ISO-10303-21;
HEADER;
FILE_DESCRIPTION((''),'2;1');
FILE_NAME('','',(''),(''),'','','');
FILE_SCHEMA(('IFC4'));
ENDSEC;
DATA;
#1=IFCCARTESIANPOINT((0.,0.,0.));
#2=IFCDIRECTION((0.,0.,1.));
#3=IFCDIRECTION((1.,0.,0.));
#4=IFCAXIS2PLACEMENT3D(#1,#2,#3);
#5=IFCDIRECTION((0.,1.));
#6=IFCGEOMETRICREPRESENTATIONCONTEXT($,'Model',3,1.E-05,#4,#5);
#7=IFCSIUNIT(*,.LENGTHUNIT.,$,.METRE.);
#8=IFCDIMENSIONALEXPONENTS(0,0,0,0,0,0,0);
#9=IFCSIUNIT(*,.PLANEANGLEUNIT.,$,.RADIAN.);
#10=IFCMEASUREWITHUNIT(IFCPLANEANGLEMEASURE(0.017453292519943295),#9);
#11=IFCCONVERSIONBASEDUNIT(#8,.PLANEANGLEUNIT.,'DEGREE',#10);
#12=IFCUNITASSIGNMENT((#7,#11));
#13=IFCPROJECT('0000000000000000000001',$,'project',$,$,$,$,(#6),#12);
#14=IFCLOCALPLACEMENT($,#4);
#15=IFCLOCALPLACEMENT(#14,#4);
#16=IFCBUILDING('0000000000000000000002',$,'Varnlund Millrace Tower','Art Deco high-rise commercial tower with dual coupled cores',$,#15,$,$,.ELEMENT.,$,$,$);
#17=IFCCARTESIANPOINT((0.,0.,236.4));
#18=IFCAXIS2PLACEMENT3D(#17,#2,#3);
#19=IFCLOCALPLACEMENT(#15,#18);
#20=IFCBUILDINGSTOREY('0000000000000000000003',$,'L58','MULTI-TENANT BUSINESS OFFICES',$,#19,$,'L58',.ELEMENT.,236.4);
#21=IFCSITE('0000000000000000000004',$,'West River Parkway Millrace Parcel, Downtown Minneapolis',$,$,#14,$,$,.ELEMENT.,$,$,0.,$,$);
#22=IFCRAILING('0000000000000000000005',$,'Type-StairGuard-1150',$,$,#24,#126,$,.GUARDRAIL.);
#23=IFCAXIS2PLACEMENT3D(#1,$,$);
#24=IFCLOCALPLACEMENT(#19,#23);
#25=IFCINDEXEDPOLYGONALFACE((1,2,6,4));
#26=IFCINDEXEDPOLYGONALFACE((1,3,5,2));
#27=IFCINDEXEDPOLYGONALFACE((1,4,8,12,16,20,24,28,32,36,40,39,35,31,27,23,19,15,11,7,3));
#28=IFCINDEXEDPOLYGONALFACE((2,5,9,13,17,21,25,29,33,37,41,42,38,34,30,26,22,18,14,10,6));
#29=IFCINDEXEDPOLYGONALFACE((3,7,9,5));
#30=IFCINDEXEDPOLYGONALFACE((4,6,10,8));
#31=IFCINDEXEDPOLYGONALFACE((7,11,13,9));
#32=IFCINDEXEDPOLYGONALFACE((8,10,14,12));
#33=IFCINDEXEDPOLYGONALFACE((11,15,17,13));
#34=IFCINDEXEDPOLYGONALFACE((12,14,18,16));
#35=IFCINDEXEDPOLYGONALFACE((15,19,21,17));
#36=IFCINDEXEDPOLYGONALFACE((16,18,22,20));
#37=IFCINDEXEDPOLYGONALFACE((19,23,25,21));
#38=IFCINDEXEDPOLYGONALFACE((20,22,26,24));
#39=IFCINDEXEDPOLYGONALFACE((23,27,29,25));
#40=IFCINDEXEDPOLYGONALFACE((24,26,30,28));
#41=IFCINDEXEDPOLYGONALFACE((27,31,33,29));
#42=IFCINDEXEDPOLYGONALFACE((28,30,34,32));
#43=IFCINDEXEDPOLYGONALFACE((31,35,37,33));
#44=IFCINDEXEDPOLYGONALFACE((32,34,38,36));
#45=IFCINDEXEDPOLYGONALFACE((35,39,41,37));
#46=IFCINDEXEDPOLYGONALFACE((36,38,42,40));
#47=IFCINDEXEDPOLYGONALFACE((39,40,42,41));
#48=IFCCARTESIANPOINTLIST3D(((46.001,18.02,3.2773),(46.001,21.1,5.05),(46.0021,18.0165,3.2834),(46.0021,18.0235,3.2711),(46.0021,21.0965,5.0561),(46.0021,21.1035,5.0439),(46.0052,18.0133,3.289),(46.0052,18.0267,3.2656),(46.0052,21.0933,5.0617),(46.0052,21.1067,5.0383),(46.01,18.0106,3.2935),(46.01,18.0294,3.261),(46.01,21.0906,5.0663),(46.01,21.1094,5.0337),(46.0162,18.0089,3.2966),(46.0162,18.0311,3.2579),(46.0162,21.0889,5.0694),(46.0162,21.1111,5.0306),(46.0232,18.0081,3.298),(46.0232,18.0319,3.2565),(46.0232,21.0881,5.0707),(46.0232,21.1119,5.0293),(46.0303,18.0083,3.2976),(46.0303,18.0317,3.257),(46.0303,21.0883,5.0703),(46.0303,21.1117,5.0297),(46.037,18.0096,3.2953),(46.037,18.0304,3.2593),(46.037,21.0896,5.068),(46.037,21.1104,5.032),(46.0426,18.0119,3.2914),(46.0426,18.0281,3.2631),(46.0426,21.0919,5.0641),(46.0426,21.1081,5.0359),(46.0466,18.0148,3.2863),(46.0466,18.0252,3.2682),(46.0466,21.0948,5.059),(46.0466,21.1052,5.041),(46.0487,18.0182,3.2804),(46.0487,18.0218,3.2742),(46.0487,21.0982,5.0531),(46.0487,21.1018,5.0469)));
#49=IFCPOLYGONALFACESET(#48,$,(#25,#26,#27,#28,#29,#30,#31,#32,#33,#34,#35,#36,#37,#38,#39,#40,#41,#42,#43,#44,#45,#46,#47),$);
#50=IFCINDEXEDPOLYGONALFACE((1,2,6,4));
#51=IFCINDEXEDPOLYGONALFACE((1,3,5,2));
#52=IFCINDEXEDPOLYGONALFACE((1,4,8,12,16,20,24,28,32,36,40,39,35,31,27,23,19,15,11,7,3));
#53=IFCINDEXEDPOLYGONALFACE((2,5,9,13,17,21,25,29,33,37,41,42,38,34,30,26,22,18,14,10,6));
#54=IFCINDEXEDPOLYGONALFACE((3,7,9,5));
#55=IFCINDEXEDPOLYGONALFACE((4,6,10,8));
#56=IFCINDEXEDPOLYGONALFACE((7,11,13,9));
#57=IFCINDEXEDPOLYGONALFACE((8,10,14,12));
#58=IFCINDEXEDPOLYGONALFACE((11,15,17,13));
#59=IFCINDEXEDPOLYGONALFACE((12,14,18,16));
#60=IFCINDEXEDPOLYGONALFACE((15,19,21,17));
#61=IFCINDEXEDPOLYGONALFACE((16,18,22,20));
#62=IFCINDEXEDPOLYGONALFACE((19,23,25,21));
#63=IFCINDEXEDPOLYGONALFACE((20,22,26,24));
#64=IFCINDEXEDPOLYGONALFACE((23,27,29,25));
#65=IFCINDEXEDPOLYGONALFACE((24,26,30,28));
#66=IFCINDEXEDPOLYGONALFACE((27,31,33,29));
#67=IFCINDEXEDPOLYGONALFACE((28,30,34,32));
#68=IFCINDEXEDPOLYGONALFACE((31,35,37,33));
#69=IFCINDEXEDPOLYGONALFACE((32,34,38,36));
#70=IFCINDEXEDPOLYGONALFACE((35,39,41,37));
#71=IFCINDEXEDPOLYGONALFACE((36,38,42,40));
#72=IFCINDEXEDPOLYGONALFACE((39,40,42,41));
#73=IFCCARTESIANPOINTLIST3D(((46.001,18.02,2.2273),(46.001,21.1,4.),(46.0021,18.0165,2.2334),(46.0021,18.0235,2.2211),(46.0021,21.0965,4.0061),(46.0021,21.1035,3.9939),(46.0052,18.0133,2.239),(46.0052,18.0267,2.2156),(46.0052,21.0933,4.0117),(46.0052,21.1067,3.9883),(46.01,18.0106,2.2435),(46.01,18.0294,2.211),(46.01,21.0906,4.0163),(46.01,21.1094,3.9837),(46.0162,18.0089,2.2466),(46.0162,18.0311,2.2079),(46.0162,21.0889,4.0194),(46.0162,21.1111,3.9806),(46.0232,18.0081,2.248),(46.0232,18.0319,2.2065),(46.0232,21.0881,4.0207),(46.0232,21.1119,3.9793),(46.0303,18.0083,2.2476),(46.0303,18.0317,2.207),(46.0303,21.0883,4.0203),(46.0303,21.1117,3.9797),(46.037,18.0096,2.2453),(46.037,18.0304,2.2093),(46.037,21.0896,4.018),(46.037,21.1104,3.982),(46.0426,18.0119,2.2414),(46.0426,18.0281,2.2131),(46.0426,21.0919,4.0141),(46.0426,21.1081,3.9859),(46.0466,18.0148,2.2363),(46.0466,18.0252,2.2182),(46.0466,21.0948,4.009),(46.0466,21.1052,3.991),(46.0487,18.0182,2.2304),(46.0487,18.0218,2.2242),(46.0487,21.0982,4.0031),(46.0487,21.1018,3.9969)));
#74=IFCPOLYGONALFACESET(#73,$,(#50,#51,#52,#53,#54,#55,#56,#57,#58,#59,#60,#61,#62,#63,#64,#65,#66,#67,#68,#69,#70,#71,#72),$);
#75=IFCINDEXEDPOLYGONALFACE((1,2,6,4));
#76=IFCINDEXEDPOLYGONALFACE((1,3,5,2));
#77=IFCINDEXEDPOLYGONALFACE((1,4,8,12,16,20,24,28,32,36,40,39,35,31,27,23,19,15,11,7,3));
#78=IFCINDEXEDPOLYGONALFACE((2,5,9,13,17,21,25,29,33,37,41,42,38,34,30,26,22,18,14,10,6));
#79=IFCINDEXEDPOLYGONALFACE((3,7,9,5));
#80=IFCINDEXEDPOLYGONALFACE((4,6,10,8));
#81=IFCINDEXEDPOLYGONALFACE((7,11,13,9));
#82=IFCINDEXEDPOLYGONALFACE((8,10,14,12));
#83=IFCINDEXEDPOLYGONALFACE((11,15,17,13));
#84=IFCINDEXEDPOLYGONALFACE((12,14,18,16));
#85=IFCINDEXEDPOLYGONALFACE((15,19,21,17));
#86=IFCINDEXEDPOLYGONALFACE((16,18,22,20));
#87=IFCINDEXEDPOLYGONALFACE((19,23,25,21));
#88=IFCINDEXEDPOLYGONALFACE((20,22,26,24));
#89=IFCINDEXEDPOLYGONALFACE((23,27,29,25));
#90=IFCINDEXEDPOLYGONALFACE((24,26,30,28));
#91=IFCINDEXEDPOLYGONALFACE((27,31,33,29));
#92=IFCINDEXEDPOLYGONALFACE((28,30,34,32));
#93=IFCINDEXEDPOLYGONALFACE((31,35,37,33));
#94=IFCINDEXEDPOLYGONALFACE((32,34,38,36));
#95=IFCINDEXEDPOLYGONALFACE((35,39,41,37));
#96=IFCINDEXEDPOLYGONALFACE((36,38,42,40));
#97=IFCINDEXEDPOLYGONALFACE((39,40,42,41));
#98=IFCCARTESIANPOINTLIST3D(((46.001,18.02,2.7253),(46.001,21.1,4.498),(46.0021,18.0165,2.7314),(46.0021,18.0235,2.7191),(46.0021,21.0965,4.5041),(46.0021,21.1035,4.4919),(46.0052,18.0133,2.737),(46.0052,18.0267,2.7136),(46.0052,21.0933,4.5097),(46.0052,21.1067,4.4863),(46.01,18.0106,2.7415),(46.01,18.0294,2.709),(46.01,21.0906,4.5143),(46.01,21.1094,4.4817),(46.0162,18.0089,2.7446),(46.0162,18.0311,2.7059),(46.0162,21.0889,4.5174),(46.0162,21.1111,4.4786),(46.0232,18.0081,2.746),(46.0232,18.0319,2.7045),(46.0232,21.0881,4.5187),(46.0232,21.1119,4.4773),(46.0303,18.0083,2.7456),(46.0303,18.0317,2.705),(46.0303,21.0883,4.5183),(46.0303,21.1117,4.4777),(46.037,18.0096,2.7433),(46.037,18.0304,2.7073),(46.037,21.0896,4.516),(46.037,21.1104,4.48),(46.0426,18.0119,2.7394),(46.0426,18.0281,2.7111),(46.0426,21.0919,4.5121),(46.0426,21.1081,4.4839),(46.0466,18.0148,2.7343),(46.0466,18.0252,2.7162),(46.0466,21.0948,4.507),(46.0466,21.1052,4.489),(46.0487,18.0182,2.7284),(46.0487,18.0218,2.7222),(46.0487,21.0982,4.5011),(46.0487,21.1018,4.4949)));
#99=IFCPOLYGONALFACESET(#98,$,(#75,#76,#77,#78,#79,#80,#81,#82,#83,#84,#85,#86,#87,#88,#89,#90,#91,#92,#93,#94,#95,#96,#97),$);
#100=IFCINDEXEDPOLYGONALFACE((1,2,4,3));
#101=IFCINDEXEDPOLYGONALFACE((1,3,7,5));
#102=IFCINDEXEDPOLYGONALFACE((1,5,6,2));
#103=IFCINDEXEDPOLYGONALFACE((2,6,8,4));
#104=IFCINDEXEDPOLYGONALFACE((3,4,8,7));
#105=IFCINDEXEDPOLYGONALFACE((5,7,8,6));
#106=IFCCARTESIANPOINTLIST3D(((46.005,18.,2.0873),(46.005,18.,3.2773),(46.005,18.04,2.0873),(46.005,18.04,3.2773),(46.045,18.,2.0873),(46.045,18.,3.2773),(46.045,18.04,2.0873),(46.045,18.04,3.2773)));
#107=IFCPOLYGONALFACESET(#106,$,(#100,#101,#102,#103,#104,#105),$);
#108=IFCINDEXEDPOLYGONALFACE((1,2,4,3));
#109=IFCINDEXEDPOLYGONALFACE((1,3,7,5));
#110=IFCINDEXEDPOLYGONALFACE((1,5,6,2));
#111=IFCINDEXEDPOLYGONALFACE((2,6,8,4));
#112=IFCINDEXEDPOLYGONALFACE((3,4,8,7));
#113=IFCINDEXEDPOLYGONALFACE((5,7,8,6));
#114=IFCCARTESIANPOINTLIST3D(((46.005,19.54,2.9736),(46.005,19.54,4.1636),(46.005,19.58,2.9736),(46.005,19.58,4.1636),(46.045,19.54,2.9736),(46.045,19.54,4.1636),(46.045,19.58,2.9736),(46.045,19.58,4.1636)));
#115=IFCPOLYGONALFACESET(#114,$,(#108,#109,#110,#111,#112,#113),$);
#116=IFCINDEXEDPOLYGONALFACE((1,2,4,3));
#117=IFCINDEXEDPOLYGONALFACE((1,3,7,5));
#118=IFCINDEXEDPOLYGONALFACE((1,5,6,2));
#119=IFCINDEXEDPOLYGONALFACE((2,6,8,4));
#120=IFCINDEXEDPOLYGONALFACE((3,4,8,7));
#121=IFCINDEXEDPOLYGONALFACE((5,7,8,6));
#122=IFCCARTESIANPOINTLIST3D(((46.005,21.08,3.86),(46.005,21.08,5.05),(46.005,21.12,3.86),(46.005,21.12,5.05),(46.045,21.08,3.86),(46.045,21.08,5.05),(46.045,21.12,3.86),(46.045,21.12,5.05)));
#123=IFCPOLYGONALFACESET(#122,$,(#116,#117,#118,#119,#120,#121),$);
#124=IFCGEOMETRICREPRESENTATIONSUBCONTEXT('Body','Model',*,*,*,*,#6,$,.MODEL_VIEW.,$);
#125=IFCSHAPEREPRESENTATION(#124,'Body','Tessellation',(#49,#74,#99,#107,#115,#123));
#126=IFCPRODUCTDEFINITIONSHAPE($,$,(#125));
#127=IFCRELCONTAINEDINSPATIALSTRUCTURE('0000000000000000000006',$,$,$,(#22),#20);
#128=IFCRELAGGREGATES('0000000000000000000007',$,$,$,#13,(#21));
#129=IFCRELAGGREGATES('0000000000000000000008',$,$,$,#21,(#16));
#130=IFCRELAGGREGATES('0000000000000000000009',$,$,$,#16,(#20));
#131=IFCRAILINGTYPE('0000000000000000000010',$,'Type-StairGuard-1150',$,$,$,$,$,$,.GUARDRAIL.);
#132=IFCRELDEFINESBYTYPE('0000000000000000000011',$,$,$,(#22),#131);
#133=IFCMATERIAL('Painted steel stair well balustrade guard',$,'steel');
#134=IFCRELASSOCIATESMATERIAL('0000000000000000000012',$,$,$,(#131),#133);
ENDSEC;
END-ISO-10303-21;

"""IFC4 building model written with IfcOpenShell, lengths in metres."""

from ifc_helpers import new_model, entity, si_unit, converted_unit, direction, frame, origin_with_axes, origin_2d_with_axis, place, context, subcontext, project, spatial, rectangle, circle, extrude, material, type_object, element, save


model = new_model("IFC4")

# Units and contexts
model_context = context("Model", 3, precision=1e-05, world=origin_with_axes(), true_north=direction((0.0, 1.0)))
body_context = subcontext(model_context, "Body", "Model", "MODEL_VIEW")
ifc_project = project(units=[si_unit("LENGTHUNIT", "METRE"), converted_unit("PLANEANGLEUNIT", "DEGREE", entity("IfcPlaneAngleMeasure", 0.017453292519943295), si_unit("PLANEANGLEUNIT", "RADIAN"), dimensions=[0, 0, 0, 0, 0, 0, 0])], contexts=[model_context])

# Site, building, storey
site_placement = place(None, origin_with_axes())
site = spatial("IfcSite", under=ifc_project, at=site_placement, Name="West River Parkway Millrace Parcel, Downtown Minneapolis", CompositionType="ELEMENT", RefElevation=0.0)
building_placement = place(site_placement, origin_with_axes())
building = spatial("IfcBuilding", under=site, at=building_placement, Name="Varnlund Millrace Tower", Description="Art Deco high-rise commercial tower with dual coupled cores", CompositionType="ELEMENT")
storey_placement = place(building_placement, frame((0.0, 0.0, 236.4), z_axis=(0.0, 0.0, 1.0), x_axis=(1.0, 0.0, 0.0)))
storey = spatial("IfcBuildingStorey", under=building, at=storey_placement, Name="L58", Description="MULTI-TENANT BUSINESS OFFICES", LongName="L58", CompositionType="ELEMENT", Elevation=236.4)

# Railing
ifc_material_1 = material(Name="Painted steel stair well balustrade guard", Category="steel")
railing_type_1 = type_object("IfcRailingType", Name="Type-StairGuard-1150", PredefinedType="GUARDRAIL", material=ifc_material_1)
railing_1_placement = place(storey_placement, frame((0.0, 0.0, -236.4), z_axis=(0.0, 0.0, 1.0), x_axis=(1.0, 0.0, 0.0)))
element("IfcRailing", 1, at=railing_1_placement, inside=storey, type_object=railing_type_1, Name="Type-StairGuard-1150", PredefinedType="GUARDRAIL", context=body_context, shape_type="SweptSolid", body=[
    extrude(circle(Radius=0.024, at=origin_2d_with_axis()), frame((46.025, 18.02, 239.6773), z_axis=(0.0, 0.866696, 0.498836), x_axis=(-1.0, 0.0, 0.0)), (0.0, 0.0, 1.0), 3.5537),
    extrude(circle(Radius=0.024, at=origin_2d_with_axis()), frame((46.025, 18.02, 238.6273), z_axis=(0.0, 0.866696, 0.498836), x_axis=(-1.0, 0.0, 0.0)), (0.0, 0.0, 1.0), 3.5537),
    extrude(circle(Radius=0.024, at=origin_2d_with_axis()), frame((46.025, 18.02, 239.1253), z_axis=(0.0, 0.866696, 0.498836), x_axis=(-1.0, 0.0, 0.0)), (0.0, 0.0, 1.0), 3.5537),
    extrude(rectangle(XDim=0.04, YDim=0.04, at=origin_2d_with_axis()), frame((46.025, 18.02, 238.4873), z_axis=(0.0, 0.0, 1.0), x_axis=(1.0, 0.0, 0.0)), (0.0, 0.0, 1.0), 1.19),
    extrude(rectangle(XDim=0.04, YDim=0.04, at=origin_2d_with_axis()), frame((46.025, 19.56, 239.3736), z_axis=(0.0, 0.0, 1.0), x_axis=(1.0, 0.0, 0.0)), (0.0, 0.0, 1.0), 1.19),
    extrude(rectangle(XDim=0.04, YDim=0.04, at=origin_2d_with_axis()), frame((46.025, 21.1, 240.26), z_axis=(0.0, 0.0, 1.0), x_axis=(1.0, 0.0, 0.0)), (0.0, 0.0, 1.0), 1.19),
])

save(model, "model.ifc")
